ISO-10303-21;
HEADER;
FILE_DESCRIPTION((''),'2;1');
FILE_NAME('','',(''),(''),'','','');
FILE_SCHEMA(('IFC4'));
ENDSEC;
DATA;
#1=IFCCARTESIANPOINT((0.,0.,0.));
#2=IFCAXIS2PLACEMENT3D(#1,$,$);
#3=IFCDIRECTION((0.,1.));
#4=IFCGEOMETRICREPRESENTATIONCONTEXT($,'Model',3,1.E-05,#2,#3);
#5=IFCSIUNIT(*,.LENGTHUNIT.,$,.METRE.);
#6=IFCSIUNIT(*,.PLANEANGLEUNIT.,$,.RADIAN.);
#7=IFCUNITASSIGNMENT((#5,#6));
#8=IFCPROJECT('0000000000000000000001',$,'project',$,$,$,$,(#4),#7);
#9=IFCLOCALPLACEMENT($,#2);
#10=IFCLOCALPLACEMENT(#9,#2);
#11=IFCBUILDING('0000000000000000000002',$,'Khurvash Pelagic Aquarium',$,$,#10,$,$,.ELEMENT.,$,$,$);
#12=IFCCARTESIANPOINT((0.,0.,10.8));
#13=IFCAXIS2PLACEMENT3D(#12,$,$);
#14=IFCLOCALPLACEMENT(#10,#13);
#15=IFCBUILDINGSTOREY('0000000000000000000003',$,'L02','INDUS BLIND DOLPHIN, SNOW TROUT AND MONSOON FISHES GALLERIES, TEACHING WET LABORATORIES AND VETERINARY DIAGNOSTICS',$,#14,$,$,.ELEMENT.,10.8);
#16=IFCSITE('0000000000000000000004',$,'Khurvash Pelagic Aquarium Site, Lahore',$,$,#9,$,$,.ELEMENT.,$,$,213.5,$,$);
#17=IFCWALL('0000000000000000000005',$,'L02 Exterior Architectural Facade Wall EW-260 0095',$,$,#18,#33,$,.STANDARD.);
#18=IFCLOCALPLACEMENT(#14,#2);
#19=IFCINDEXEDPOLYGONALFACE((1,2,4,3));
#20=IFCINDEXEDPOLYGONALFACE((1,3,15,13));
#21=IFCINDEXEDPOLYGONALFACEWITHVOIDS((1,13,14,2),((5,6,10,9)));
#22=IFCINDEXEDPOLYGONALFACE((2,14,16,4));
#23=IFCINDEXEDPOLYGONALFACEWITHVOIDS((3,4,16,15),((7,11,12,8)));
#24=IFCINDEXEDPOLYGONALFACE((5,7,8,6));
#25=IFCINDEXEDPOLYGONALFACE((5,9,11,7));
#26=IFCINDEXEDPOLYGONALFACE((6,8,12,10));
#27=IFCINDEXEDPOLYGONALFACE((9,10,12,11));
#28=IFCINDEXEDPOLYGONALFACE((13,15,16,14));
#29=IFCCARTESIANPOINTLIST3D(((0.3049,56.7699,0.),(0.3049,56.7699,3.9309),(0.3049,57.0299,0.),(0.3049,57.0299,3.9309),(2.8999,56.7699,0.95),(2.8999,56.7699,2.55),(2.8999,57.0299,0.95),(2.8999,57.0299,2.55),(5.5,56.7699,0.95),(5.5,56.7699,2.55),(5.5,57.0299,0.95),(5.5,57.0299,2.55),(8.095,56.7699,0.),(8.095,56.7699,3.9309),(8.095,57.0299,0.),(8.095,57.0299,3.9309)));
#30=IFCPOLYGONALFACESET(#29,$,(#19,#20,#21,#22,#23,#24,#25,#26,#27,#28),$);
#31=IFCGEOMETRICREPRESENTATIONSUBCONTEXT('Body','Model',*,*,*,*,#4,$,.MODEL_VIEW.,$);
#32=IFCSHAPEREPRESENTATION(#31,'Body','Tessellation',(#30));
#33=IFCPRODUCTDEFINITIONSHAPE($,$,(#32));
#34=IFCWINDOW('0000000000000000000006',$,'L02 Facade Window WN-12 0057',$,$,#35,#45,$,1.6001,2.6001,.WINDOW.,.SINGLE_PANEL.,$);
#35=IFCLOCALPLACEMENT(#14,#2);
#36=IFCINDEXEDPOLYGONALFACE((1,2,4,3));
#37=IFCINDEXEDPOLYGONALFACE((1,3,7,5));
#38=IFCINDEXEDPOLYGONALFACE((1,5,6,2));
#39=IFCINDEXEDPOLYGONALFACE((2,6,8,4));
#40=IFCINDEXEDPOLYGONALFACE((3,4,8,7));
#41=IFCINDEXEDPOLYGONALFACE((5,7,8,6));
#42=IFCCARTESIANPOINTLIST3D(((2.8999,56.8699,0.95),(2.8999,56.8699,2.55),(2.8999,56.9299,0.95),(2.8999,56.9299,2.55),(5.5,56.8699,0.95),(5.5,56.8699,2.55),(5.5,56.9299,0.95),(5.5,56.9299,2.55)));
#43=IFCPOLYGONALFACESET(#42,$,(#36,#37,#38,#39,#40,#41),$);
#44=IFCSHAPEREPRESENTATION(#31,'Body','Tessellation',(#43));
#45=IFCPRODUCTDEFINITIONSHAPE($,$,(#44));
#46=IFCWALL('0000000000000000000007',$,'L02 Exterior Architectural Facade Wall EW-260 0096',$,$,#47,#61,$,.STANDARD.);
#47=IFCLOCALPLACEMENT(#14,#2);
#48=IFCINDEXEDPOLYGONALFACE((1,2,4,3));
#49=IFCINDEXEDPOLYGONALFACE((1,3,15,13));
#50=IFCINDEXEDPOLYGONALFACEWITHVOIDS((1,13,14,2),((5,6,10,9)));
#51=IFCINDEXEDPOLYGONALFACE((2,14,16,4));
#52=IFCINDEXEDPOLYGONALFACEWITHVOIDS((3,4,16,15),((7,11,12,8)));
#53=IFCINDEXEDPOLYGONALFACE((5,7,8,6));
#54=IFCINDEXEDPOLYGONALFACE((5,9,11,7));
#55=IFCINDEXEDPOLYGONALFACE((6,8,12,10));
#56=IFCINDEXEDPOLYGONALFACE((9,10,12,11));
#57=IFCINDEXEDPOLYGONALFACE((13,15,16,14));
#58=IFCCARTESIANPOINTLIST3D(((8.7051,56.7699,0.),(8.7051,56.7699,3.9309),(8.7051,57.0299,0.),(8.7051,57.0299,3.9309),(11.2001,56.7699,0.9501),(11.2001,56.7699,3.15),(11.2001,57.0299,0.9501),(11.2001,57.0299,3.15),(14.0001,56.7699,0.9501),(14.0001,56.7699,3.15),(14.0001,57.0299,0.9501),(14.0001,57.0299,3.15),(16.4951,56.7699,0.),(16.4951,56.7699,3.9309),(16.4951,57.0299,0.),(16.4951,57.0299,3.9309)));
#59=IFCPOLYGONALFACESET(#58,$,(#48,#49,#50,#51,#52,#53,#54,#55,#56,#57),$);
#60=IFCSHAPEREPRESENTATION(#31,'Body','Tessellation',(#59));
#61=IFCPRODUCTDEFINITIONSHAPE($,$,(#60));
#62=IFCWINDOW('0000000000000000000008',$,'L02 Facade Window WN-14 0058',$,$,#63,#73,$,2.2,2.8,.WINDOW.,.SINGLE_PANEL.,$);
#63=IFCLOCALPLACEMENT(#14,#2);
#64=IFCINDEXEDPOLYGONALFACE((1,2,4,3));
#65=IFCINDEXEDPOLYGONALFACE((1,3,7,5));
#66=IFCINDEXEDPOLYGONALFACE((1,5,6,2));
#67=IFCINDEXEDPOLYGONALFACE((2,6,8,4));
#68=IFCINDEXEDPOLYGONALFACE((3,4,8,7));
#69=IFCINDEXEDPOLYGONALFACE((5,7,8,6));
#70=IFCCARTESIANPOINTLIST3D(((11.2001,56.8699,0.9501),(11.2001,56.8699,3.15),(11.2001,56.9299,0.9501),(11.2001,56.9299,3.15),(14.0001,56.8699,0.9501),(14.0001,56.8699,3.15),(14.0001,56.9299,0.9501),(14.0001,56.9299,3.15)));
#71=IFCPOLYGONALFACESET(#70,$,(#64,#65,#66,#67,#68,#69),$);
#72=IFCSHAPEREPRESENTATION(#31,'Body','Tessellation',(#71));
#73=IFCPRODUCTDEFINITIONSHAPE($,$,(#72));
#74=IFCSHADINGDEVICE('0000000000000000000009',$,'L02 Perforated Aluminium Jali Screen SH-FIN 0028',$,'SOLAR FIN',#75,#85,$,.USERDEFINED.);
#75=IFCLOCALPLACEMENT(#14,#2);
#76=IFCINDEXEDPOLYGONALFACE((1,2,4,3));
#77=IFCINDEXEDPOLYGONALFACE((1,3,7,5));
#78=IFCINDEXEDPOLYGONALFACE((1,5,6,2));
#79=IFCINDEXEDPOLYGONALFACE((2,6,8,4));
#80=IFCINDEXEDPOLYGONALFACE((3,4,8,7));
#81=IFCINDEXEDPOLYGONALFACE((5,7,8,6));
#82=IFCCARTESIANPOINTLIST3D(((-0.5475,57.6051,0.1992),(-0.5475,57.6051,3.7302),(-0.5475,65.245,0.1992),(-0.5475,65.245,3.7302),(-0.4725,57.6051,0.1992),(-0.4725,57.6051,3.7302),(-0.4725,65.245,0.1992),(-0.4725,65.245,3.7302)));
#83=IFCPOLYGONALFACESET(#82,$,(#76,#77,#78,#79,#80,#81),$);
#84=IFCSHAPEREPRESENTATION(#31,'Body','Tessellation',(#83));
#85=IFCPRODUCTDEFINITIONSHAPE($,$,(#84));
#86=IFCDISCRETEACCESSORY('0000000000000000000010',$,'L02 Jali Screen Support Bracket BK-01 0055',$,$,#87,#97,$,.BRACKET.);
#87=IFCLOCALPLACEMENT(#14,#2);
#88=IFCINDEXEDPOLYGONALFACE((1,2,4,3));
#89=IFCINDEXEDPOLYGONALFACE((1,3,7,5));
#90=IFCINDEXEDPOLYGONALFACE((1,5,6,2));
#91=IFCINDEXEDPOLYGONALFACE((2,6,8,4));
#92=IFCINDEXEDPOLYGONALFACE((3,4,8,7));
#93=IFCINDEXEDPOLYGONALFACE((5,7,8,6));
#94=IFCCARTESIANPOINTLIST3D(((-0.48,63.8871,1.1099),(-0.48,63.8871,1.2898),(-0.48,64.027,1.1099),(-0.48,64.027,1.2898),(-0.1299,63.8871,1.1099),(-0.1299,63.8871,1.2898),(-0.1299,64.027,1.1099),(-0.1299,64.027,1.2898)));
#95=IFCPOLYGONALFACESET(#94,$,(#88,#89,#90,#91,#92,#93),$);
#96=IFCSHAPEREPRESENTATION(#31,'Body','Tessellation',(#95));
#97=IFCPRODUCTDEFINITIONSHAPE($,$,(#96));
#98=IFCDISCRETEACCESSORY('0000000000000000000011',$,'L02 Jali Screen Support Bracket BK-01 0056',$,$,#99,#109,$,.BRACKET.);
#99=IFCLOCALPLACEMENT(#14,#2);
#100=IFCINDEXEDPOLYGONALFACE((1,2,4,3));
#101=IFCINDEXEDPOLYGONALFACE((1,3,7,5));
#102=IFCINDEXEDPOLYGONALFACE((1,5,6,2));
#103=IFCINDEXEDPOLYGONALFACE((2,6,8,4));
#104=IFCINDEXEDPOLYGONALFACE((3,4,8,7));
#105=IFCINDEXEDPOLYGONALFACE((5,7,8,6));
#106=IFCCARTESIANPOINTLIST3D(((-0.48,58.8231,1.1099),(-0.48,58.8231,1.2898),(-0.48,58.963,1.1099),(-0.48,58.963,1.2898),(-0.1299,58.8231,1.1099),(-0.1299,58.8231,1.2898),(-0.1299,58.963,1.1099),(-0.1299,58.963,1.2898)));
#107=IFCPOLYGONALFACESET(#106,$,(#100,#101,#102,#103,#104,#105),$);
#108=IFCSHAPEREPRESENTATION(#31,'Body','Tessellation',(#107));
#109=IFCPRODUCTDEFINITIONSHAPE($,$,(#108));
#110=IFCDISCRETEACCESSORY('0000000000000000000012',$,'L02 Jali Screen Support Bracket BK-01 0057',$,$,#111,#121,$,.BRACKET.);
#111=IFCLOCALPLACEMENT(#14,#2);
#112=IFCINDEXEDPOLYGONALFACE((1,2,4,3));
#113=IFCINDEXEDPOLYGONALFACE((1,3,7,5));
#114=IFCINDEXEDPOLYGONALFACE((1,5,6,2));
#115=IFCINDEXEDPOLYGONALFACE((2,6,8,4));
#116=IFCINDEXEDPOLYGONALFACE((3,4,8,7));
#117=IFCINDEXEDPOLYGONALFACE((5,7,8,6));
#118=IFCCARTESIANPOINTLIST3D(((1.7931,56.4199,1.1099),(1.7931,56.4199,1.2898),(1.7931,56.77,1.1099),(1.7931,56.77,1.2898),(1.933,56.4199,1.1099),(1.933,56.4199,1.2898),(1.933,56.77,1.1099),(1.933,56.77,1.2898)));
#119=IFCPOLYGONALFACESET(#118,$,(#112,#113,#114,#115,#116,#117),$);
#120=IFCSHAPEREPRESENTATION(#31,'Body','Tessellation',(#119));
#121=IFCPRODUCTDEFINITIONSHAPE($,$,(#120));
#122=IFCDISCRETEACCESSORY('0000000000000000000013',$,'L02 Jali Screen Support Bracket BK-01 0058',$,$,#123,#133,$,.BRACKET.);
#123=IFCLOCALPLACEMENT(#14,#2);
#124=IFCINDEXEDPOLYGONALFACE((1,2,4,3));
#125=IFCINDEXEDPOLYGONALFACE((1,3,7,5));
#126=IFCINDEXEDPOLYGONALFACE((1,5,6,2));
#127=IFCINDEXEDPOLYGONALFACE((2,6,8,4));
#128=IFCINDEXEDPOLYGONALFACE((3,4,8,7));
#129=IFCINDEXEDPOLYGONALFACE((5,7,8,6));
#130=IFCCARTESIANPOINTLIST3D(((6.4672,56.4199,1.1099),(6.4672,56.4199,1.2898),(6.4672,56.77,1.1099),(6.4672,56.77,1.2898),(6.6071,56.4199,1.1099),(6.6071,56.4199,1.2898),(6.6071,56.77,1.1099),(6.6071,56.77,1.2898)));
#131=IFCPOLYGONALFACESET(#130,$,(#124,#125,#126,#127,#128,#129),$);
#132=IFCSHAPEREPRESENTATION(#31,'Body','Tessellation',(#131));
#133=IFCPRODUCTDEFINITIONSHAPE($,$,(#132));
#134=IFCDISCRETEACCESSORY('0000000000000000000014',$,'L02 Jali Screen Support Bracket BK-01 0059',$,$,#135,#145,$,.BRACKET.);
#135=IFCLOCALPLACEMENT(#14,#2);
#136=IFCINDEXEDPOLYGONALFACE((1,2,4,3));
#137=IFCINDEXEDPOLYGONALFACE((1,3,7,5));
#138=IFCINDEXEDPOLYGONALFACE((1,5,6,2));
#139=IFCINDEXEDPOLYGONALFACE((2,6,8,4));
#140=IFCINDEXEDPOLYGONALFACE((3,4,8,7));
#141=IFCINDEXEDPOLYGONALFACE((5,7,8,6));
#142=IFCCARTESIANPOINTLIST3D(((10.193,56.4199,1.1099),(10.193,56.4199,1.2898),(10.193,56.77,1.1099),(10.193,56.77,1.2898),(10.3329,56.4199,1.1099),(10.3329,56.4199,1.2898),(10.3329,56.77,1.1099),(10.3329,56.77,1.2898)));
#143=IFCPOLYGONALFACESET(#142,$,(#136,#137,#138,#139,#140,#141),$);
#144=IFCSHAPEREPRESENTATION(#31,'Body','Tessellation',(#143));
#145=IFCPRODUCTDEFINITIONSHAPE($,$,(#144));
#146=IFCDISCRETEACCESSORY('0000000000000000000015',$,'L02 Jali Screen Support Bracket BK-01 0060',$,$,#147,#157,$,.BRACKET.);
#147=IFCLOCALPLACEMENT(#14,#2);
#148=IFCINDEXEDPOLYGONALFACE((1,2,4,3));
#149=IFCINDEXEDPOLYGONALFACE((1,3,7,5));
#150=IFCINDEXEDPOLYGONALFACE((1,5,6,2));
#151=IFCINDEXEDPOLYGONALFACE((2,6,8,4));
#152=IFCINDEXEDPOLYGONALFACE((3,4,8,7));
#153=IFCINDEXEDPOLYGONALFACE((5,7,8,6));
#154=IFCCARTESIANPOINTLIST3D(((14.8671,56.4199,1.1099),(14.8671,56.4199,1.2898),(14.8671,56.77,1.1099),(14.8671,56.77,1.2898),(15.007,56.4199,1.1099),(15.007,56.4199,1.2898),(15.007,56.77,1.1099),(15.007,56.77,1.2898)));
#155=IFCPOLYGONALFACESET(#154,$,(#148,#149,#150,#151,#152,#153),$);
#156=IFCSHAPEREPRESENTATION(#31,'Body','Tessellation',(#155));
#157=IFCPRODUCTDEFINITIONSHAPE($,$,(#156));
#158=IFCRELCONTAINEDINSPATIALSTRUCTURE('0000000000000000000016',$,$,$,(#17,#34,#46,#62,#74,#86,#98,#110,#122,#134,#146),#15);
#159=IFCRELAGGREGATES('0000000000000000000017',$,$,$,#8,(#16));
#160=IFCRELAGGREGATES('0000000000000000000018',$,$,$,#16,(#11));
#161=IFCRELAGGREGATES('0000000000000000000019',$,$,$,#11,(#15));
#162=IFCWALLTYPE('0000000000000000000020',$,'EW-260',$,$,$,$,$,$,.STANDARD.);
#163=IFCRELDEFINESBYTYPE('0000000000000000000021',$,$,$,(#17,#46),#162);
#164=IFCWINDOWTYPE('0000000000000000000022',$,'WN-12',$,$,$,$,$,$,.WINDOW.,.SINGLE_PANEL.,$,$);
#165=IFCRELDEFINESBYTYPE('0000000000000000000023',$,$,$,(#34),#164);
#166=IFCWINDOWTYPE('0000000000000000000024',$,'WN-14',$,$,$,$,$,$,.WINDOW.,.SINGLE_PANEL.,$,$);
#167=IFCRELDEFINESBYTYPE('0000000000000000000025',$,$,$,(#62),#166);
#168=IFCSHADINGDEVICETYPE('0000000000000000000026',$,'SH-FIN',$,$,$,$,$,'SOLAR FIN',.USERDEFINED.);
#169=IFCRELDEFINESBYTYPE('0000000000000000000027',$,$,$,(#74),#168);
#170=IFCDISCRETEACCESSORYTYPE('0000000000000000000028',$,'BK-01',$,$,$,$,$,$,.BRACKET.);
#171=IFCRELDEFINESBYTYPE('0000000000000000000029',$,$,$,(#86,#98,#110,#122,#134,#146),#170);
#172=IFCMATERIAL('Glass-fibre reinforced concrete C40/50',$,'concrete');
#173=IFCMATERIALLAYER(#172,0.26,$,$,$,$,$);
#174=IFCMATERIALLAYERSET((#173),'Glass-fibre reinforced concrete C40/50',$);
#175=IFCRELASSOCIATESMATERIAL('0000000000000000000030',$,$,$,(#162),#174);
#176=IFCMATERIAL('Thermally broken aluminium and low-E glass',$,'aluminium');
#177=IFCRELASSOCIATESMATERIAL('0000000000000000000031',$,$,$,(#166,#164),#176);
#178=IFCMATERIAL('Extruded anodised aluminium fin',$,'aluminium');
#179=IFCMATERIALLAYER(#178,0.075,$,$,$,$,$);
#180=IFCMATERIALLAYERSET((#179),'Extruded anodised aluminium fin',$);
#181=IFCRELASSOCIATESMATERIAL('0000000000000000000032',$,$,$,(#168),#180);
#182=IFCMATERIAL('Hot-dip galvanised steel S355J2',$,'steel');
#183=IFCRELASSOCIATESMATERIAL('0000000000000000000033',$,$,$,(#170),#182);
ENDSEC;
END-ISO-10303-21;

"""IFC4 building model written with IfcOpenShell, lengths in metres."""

from ifc_helpers import new_model, si_unit, direction, frame, frame_2d, origin, origin_2d, place, context, subcontext, project, spatial, rectangle, extrude, material, layer, layer_set, type_object, element, fill, save


model = new_model("IFC4")

# Units and contexts
model_context = context("Model", 3, precision=1e-05, world=origin(), true_north=direction((0.0, 1.0)))
body_context = subcontext(model_context, "Body", "Model", "MODEL_VIEW")
ifc_project = project(units=[si_unit("LENGTHUNIT", "METRE"), si_unit("PLANEANGLEUNIT", "RADIAN")], contexts=[model_context])

# Site, building, storey
site_placement = place(None, origin())
site = spatial("IfcSite", under=ifc_project, at=site_placement, Name="Khurvash Pelagic Aquarium Site, Lahore", CompositionType="ELEMENT", RefElevation=213.5)
building_placement = place(site_placement, origin())
building = spatial("IfcBuilding", under=site, at=building_placement, Name="Khurvash Pelagic Aquarium", CompositionType="ELEMENT")
storey_placement = place(building_placement, frame((0.0, 0.0, 10.8)))
storey = spatial("IfcBuildingStorey", under=building, at=storey_placement, Name="L02", Description="INDUS BLIND DOLPHIN, SNOW TROUT AND MONSOON FISHES GALLERIES, TEACHING WET LABORATORIES AND VETERINARY DIAGNOSTICS", CompositionType="ELEMENT", Elevation=10.8)

# Walls, openings, windows
ifc_material_1 = material(Name="Glass-fibre reinforced concrete C40/50", Category="concrete")
ifc_layer_1 = layer(ifc_material_1, 0.26)
ifc_layer_set_1 = layer_set([ifc_layer_1], Name="Glass-fibre reinforced concrete C40/50")
wall_type = type_object("IfcWallType", Name="EW-260", PredefinedType="STANDARD", material=ifc_layer_set_1)
ifc_material_2 = material(Name="Thermally broken aluminium and low-E glass", Category="aluminium")
window_type_1 = type_object("IfcWindowType", Name="WN-14", PartitioningType="SINGLE_PANEL", PredefinedType="WINDOW", material=ifc_material_2)
wall_1_placement = place(storey_placement, frame((0.3049, 56.8999, 0.0), z_axis=(0.0, 0.0, 1.0), x_axis=(1.0, 0.0, 0.0)))
wall_1 = element("IfcWall", 1, at=wall_1_placement, inside=storey, type_object=wall_type, Name="L02 Exterior Architectural Facade Wall EW-260 0095", PredefinedType="STANDARD", context=body_context, shape_type="SweptSolid", body=[
    extrude(rectangle(XDim=7.79, YDim=0.26, at=frame_2d((3.895, 0.0))), origin(), (0.0, 0.0, 1.0), 3.9309),
])
opening_1_placement = place(wall_1_placement, frame((2.595, 0.0, 0.95)))
opening_1 = element("IfcOpeningElement", 2, at=opening_1_placement, cuts=wall_1, PredefinedType="OPENING", context=body_context, shape_type="SweptSolid", body=[
    extrude(rectangle(XDim=2.6001, YDim=1.6001, at=frame_2d((1.3, 0.8))), frame((0.0, 0.1401, 0.0), z_axis=(0.0, -1.0, 0.0), x_axis=(1.0, 0.0, 0.0)), (0.0, 0.0, 1.0), 0.28),
])
window_type_2 = type_object("IfcWindowType", Name="WN-12", PartitioningType="SINGLE_PANEL", PredefinedType="WINDOW", material=ifc_material_2)
window_1_placement = place(opening_1_placement, origin())
window_1 = element("IfcWindow", 3, at=window_1_placement, inside=storey, type_object=window_type_2, Name="L02 Facade Window WN-12 0057", OverallHeight=1.6001, OverallWidth=2.6001, PartitioningType="SINGLE_PANEL", PredefinedType="WINDOW", context=body_context, shape_type="SweptSolid", body=[
    extrude(rectangle(XDim=2.6001, YDim=1.6001, at=frame_2d((1.3, 0.8))), frame((0.0, 0.03, 0.0), z_axis=(0.0, -1.0, 0.0), x_axis=(1.0, 0.0, 0.0)), (0.0, 0.0, 1.0), 0.0601),
])
fill(opening_1, window_1)
wall_2_placement = place(storey_placement, frame((8.7051, 56.8999, 0.0), z_axis=(0.0, 0.0, 1.0), x_axis=(1.0, 0.0, 0.0)))
wall_2 = element("IfcWall", 4, at=wall_2_placement, inside=storey, type_object=wall_type, Name="L02 Exterior Architectural Facade Wall EW-260 0096", PredefinedType="STANDARD", context=body_context, shape_type="SweptSolid", body=[
    extrude(rectangle(XDim=7.79, YDim=0.26, at=frame_2d((3.895, 0.0))), origin(), (0.0, 0.0, 1.0), 3.9309),
])
opening_2_placement = place(wall_2_placement, frame((2.4951, 0.0, 0.95)))
opening_2 = element("IfcOpeningElement", 5, at=opening_2_placement, cuts=wall_2, PredefinedType="OPENING", context=body_context, shape_type="SweptSolid", body=[
    extrude(rectangle(XDim=2.8, YDim=2.2, at=frame_2d((1.3999, 1.1001))), frame((0.0, 0.1401, 0.0), z_axis=(0.0, -1.0, 0.0), x_axis=(1.0, 0.0, 0.0)), (0.0, 0.0, 1.0), 0.28),
])
window_2_placement = place(opening_2_placement, origin())
window_2 = element("IfcWindow", 6, at=window_2_placement, inside=storey, type_object=window_type_1, Name="L02 Facade Window WN-14 0058", OverallHeight=2.2, OverallWidth=2.8, PartitioningType="SINGLE_PANEL", PredefinedType="WINDOW", context=body_context, shape_type="SweptSolid", body=[
    extrude(rectangle(XDim=2.8, YDim=2.2, at=frame_2d((1.3999, 1.1001))), frame((0.0, 0.03, 0.0), z_axis=(0.0, -1.0, 0.0), x_axis=(1.0, 0.0, 0.0)), (0.0, 0.0, 1.0), 0.0601),
])
fill(opening_2, window_2)

# Shading device
ifc_material_3 = material(Name="Extruded anodised aluminium fin", Category="aluminium")
ifc_layer_2 = layer(ifc_material_3, 0.075)
ifc_layer_set_2 = layer_set([ifc_layer_2], Name="Extruded anodised aluminium fin")
shading_device_type = type_object("IfcShadingDeviceType", Name="SH-FIN", ElementType="SOLAR FIN", PredefinedType="USERDEFINED", material=ifc_layer_set_2)
shading_device_placement = place(storey_placement, frame((-0.51, 61.425, 0.1992), z_axis=(0.0, 0.0, 1.0), x_axis=(0.0, -1.0, 0.0)))
element("IfcShadingDevice", 7, at=shading_device_placement, inside=storey, type_object=shading_device_type, Name="L02 Perforated Aluminium Jali Screen SH-FIN 0028", ObjectType="SOLAR FIN", PredefinedType="USERDEFINED", context=body_context, shape_type="SweptSolid", body=[
    extrude(rectangle(XDim=7.6399, YDim=0.075, at=origin_2d()), origin(), (0.0, 0.0, 1.0), 3.531),
])

# Discrete accessories
ifc_material_4 = material(Name="Hot-dip galvanised steel S355J2", Category="steel")
discrete_accessory_type = type_object("IfcDiscreteAccessoryType", Name="BK-01", PredefinedType="BRACKET", material=ifc_material_4)
for number, where, z_axis, x_axis, name in (
    (8, (-0.3049, 63.957, 1.1099), (0.0, 0.0, 1.0), (0.0, -1.0, 0.0), "L02 Jali Screen Support Bracket BK-01 0055"),
    (9, (-0.3049, 58.8931, 1.1099), (0.0, 0.0, 1.0), (0.0, -1.0, 0.0), "L02 Jali Screen Support Bracket BK-01 0056"),
    (10, (1.863, 56.595, 1.1099), (0.0, 0.0, 1.0), (1.0, 0.0, 0.0), "L02 Jali Screen Support Bracket BK-01 0057"),
    (11, (6.5371, 56.595, 1.1099), (0.0, 0.0, 1.0), (1.0, 0.0, 0.0), "L02 Jali Screen Support Bracket BK-01 0058"),
    (12, (10.2629, 56.595, 1.1099), (0.0, 0.0, 1.0), (1.0, 0.0, 0.0), "L02 Jali Screen Support Bracket BK-01 0059"),
    (13, (14.937, 56.595, 1.1099), (0.0, 0.0, 1.0), (1.0, 0.0, 0.0), "L02 Jali Screen Support Bracket BK-01 0060"),
):
    element("IfcDiscreteAccessory", number, at=place(storey_placement, frame(where, z_axis=z_axis, x_axis=x_axis)), inside=storey, type_object=discrete_accessory_type, Name=name, PredefinedType="BRACKET", context=body_context, shape_type="SweptSolid", body=[
        extrude(rectangle(XDim=0.1399, YDim=0.3501, at=origin_2d()), origin(), (0.0, 0.0, 1.0), 0.1799),
    ])

save(model, "model.ifc")
